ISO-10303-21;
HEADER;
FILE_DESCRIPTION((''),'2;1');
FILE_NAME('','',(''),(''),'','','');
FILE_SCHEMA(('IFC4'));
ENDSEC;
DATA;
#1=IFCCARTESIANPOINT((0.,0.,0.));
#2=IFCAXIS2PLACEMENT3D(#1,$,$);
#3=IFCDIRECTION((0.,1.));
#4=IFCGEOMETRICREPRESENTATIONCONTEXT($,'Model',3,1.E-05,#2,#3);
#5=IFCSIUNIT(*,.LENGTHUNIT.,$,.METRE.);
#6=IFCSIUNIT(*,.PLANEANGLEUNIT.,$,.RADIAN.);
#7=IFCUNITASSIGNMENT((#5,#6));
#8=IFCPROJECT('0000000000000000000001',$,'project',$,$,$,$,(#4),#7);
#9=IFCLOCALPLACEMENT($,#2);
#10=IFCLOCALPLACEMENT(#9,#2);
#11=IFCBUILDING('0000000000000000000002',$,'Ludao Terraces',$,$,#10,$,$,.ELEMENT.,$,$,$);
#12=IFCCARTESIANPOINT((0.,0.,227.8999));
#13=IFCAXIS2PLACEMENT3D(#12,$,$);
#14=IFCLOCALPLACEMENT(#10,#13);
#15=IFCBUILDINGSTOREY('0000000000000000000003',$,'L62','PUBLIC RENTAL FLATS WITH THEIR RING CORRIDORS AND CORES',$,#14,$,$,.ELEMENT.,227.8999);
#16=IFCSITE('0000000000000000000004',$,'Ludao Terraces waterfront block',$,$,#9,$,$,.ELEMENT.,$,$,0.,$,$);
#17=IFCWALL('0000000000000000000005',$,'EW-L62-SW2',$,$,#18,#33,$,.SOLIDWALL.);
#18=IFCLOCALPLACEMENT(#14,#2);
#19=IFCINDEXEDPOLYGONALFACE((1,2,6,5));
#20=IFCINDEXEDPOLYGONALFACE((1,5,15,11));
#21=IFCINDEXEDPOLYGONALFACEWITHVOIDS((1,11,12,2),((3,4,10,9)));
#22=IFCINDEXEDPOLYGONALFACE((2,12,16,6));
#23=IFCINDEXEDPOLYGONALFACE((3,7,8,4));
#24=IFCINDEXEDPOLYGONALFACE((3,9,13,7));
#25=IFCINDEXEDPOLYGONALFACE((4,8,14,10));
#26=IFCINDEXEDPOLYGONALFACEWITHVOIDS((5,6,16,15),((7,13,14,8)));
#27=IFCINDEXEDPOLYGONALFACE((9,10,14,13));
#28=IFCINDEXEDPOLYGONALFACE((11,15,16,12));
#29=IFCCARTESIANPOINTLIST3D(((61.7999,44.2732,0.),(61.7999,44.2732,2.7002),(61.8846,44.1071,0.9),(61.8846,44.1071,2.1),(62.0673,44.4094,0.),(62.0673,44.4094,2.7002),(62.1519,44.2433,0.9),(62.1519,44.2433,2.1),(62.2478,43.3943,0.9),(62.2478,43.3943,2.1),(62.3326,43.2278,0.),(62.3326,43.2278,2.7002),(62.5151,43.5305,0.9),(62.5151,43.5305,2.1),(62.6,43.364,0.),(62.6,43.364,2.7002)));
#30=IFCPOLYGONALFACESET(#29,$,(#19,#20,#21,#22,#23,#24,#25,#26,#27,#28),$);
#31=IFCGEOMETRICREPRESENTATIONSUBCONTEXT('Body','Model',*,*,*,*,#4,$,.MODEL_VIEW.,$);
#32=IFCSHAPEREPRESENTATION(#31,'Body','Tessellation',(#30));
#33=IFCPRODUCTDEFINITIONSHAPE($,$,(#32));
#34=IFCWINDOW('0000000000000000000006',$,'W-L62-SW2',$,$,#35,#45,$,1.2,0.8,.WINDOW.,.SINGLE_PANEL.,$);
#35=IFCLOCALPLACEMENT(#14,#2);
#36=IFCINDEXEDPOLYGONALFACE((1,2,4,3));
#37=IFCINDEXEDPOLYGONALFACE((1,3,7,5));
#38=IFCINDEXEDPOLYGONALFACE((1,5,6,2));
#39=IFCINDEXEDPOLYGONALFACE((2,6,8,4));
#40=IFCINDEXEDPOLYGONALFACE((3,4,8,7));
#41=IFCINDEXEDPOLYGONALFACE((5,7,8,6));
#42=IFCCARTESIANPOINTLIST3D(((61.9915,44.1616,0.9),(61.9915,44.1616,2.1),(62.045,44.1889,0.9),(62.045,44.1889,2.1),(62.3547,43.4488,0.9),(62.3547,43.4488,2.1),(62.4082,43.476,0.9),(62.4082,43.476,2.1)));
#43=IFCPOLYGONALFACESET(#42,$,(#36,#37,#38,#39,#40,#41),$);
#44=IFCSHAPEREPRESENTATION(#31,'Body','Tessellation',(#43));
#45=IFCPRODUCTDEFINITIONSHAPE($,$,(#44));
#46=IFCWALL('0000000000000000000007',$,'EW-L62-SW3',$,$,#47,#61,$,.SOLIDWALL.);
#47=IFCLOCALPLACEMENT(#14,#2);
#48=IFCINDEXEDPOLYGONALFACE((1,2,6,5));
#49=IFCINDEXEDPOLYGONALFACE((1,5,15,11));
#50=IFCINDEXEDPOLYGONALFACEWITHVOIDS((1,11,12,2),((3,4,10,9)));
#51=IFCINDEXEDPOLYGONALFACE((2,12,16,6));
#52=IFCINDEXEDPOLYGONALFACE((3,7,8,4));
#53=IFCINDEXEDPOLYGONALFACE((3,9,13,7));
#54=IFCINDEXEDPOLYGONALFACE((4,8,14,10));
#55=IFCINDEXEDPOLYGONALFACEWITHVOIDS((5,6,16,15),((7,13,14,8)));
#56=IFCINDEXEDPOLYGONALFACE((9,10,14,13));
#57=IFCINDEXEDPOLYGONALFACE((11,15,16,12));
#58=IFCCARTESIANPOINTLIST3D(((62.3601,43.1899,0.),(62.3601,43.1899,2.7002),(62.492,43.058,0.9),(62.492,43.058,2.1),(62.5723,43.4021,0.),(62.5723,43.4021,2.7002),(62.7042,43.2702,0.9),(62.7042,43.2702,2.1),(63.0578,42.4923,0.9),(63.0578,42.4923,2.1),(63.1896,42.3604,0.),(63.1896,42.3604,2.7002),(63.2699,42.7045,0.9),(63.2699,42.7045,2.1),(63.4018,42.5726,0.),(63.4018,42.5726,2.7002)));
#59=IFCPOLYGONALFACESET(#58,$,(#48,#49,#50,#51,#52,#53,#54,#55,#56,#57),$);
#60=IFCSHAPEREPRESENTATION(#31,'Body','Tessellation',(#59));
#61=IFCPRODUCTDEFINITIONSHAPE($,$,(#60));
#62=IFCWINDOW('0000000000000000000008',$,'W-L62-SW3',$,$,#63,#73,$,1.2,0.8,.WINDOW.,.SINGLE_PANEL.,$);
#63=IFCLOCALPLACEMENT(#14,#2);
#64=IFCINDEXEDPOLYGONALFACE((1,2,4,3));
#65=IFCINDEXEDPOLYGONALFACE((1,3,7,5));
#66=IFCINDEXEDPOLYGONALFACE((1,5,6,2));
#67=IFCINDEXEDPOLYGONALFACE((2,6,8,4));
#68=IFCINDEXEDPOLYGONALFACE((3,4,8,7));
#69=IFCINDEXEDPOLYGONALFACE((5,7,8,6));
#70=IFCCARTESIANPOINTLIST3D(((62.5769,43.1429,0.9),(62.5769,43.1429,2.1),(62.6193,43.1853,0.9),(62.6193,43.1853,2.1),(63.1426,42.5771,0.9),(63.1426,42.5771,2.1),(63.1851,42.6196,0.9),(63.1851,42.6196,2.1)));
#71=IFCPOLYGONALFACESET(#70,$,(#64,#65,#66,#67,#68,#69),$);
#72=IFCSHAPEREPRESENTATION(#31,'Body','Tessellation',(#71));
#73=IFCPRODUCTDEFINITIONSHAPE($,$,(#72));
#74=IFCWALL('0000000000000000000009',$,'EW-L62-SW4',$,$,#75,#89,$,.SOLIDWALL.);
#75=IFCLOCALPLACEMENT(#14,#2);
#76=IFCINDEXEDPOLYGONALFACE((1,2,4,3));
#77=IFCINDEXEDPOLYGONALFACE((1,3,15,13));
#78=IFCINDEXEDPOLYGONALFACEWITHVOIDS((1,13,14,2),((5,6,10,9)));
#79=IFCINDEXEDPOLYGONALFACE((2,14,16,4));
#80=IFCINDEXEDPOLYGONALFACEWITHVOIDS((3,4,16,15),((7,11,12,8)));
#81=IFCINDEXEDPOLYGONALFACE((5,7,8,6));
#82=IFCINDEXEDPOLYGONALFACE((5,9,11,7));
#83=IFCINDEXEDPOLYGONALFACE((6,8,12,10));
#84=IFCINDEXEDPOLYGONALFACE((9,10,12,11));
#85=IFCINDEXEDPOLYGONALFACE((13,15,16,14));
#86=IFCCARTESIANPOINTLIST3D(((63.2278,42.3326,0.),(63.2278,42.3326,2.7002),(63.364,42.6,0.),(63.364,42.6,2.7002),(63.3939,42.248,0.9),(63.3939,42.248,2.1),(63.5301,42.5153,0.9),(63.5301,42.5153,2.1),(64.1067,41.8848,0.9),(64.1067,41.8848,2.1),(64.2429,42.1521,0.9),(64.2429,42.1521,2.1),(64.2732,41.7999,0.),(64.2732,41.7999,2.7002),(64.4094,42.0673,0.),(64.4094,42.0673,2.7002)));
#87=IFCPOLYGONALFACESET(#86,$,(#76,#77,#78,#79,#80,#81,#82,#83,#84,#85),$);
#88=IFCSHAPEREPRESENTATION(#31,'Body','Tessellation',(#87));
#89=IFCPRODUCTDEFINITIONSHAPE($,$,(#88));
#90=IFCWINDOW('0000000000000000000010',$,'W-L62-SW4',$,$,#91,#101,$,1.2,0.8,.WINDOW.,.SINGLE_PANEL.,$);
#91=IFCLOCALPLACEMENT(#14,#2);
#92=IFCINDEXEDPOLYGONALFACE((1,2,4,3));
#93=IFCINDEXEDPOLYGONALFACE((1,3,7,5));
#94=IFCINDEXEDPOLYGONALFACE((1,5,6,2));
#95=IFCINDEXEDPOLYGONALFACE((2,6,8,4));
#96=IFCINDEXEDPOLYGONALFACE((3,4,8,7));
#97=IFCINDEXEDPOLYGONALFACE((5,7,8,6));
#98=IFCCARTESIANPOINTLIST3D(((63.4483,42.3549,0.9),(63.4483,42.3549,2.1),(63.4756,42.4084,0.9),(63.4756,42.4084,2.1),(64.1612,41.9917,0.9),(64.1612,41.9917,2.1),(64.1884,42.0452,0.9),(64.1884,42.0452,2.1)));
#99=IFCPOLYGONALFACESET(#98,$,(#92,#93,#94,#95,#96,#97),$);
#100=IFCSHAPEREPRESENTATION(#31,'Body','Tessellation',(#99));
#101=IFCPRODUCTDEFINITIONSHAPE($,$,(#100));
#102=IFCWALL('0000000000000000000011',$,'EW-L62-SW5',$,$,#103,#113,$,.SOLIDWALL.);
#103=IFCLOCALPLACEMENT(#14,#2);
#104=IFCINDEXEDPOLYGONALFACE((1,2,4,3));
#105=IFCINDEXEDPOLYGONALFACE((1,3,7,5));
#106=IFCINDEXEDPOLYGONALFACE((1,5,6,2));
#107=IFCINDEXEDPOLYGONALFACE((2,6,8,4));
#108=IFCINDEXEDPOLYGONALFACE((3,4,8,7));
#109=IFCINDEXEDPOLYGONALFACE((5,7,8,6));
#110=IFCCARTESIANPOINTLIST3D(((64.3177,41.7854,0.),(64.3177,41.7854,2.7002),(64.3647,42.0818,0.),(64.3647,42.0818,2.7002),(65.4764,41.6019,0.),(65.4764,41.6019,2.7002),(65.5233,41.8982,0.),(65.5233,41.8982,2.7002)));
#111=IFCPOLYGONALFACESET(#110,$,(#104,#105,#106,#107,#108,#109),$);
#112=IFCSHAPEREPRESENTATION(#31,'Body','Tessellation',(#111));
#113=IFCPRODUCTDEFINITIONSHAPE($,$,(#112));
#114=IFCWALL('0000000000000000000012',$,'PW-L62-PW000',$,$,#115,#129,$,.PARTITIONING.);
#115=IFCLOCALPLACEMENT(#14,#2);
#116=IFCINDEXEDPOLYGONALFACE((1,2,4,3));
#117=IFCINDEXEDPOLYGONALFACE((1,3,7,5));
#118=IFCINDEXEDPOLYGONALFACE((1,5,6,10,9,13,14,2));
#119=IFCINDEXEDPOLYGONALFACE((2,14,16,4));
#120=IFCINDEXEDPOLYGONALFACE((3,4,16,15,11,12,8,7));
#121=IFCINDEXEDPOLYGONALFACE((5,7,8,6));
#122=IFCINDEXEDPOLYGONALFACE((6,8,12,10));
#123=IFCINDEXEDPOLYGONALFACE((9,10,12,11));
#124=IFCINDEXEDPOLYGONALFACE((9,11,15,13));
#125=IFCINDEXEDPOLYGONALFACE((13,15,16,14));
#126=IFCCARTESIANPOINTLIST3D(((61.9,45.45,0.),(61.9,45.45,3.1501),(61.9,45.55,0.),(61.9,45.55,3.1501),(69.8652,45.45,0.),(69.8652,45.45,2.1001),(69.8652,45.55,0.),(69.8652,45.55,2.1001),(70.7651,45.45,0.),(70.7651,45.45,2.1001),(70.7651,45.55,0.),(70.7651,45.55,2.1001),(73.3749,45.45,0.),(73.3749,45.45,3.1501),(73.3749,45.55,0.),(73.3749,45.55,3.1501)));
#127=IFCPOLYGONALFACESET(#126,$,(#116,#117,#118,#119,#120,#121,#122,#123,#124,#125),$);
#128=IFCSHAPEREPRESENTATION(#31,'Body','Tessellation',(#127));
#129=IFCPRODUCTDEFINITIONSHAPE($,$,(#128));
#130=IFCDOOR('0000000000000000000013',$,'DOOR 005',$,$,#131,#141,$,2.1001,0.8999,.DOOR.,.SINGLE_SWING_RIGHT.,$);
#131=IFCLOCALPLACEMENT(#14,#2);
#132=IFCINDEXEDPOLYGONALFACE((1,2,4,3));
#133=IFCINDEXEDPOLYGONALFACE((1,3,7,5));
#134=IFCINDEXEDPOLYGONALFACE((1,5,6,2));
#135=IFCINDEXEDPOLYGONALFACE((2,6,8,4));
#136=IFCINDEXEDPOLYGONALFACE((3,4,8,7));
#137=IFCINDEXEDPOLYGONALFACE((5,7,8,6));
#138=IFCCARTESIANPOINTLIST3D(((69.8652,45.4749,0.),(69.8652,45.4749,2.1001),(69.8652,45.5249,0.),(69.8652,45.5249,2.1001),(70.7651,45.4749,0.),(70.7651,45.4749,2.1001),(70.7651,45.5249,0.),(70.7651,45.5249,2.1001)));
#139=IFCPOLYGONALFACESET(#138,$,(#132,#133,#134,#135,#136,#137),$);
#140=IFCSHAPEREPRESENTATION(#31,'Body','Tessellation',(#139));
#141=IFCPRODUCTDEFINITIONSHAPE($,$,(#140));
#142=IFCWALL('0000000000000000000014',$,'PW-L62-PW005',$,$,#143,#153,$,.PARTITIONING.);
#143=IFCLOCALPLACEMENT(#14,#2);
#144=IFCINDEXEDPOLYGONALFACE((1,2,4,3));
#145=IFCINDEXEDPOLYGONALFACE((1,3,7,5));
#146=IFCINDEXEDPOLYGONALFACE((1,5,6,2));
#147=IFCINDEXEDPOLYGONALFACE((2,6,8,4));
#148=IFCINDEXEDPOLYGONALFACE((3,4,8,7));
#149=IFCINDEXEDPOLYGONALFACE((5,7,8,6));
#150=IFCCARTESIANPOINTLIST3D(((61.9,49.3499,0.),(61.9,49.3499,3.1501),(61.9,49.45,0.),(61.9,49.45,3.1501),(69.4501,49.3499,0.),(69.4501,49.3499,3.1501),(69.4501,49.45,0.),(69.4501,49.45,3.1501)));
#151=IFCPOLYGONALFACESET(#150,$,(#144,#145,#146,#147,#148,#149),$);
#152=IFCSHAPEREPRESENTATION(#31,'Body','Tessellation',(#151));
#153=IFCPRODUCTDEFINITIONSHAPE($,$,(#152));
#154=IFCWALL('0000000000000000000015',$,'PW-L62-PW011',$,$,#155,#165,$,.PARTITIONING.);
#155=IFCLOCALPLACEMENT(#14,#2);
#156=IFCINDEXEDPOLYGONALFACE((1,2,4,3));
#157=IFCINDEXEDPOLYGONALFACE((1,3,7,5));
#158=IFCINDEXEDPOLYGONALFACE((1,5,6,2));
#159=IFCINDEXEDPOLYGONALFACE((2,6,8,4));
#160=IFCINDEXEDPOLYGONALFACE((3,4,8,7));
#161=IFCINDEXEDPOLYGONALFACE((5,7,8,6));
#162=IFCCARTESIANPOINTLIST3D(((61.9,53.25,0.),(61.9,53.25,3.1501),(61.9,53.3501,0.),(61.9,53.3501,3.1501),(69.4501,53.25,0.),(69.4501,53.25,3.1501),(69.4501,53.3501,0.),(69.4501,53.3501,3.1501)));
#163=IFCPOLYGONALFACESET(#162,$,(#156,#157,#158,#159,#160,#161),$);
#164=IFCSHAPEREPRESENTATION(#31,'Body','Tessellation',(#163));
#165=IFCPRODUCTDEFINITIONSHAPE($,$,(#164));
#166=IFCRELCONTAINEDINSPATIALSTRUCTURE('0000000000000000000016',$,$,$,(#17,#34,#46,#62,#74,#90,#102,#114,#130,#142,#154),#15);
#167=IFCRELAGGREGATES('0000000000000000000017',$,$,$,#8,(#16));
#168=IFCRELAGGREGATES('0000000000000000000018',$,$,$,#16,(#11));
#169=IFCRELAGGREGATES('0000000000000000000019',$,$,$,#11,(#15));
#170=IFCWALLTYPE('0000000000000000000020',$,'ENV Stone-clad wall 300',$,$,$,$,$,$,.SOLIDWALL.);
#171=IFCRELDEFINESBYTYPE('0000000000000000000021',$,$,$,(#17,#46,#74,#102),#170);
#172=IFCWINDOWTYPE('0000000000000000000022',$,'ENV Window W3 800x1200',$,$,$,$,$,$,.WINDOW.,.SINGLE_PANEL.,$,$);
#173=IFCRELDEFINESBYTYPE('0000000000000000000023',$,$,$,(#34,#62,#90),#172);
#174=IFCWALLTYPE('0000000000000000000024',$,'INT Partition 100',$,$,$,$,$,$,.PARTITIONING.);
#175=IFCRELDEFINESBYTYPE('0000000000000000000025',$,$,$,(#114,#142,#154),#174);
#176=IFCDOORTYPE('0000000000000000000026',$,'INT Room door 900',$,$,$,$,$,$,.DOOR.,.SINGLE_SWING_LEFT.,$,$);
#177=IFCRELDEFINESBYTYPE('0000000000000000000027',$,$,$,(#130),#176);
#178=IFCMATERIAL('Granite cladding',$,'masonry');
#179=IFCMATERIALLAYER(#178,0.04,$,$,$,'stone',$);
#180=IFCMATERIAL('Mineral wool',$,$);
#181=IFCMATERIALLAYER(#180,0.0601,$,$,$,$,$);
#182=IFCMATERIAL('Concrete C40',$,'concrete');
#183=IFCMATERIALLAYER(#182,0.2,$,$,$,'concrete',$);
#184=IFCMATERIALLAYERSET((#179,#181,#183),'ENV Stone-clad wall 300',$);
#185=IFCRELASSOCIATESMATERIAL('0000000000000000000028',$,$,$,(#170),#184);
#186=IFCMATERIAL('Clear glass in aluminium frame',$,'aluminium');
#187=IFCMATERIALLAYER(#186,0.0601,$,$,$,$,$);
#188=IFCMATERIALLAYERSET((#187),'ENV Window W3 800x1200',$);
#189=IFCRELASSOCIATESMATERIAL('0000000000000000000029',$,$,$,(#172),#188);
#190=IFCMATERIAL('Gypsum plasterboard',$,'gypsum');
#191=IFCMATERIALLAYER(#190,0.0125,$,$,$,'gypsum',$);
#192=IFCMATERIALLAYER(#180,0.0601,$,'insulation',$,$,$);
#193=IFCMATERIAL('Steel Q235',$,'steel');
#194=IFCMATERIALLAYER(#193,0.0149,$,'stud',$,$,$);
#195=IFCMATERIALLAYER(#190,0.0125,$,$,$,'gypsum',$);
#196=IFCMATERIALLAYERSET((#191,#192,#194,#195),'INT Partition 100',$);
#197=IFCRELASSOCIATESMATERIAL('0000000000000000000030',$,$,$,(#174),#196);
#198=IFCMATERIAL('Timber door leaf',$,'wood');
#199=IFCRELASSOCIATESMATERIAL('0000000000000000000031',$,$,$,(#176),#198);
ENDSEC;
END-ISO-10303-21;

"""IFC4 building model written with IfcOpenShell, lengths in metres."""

from ifc_helpers import new_model, si_unit, direction, frame, frame_2d, origin, place, context, subcontext, project, spatial, rectangle, extrude, material, layer, layer_set, type_object, element, fill, save


model = new_model("IFC4")

# Units and contexts
model_context = context("Model", 3, precision=1e-05, world=origin(), true_north=direction((0.0, 1.0)))
body_context = subcontext(model_context, "Body", "Model", "MODEL_VIEW")
ifc_project = project(units=[si_unit("LENGTHUNIT", "METRE"), si_unit("PLANEANGLEUNIT", "RADIAN")], contexts=[model_context])

# Site, building, storey
site_placement = place(None, origin())
site = spatial("IfcSite", under=ifc_project, at=site_placement, Name="Ludao Terraces waterfront block", CompositionType="ELEMENT", RefElevation=0.0)
building_placement = place(site_placement, origin())
building = spatial("IfcBuilding", under=site, at=building_placement, Name="Ludao Terraces", CompositionType="ELEMENT")
storey_placement = place(building_placement, frame((0.0, 0.0, 227.8999)))
storey = spatial("IfcBuildingStorey", under=building, at=storey_placement, Name="L62", Description="PUBLIC RENTAL FLATS WITH THEIR RING CORRIDORS AND CORES", CompositionType="ELEMENT", Elevation=227.8999)

# Shared definitions
ifc_material_1 = material(Name="Concrete C40", Category="concrete")

# Shared definitions
ifc_material_2 = material(Name="Granite cladding", Category="masonry")
ifc_layer_1 = layer(ifc_material_2, 0.04, Category="stone")
ifc_material_3 = material(Name="Mineral wool")
ifc_layer_2 = layer(ifc_material_3, 0.0601)
ifc_layer_3 = layer(ifc_material_1, 0.2, Category="concrete")
ifc_layer_set_1 = layer_set([ifc_layer_1, ifc_layer_2, ifc_layer_3], Name="ENV Stone-clad wall 300")
wall_type_1 = type_object("IfcWallType", Name="ENV Stone-clad wall 300", PredefinedType="SOLIDWALL", material=ifc_layer_set_1)
ifc_material_4 = material(Name="Clear glass in aluminium frame", Category="aluminium")

# Walls, openings, windows
wall_1_placement = place(storey_placement, frame((61.9336, 44.3413, 0.0), z_axis=(0.0, 0.0, 1.0), x_axis=(0.454026, -0.890989, 0.0)))
wall_1 = element("IfcWall", 1, at=wall_1_placement, inside=storey, type_object=wall_type_1, Name="EW-L62-SW2", PredefinedType="SOLIDWALL", context=body_context, shape_type="SweptSolid", body=[
    extrude(rectangle(XDim=1.1733, YDim=0.3, at=frame_2d((0.5867, 0.0))), origin(), (0.0, 0.0, 1.0), 2.7002),
])
opening_1_placement = place(wall_1_placement, frame((0.1865, 0.0, 0.8999)))
opening_1 = element("IfcOpeningElement", 2, at=opening_1_placement, cuts=wall_1, PredefinedType="OPENING", context=body_context, shape_type="SweptSolid", body=[
    extrude(rectangle(XDim=0.8, YDim=1.2, at=frame_2d((0.3999, 0.6001))), frame((0.0, 0.1602, 0.0), z_axis=(0.0, -1.0, 0.0), x_axis=(1.0, 0.0, 0.0)), (0.0, 0.0, 1.0), 0.3201),
])
ifc_layer_4 = layer(ifc_material_4, 0.0601)
ifc_layer_set_2 = layer_set([ifc_layer_4], Name="ENV Window W3 800x1200")
window_type_1 = type_object("IfcWindowType", Name="ENV Window W3 800x1200", PartitioningType="SINGLE_PANEL", PredefinedType="WINDOW", material=ifc_layer_set_2)
window_1_placement = place(opening_1_placement, origin())
window_1 = element("IfcWindow", 3, at=window_1_placement, inside=storey, type_object=window_type_1, Name="W-L62-SW2", OverallHeight=1.2, OverallWidth=0.8, PartitioningType="SINGLE_PANEL", PredefinedType="WINDOW", context=body_context, shape_type="SweptSolid", body=[
    extrude(rectangle(XDim=0.8, YDim=1.2, at=frame_2d((0.3999, 0.6001))), frame((0.0, 0.03, 0.0), z_axis=(0.0, -1.0, 0.0), x_axis=(1.0, 0.0, 0.0)), (0.0, 0.0, 1.0), 0.0601),
])
fill(opening_1, window_1)
wall_2_placement = place(storey_placement, frame((62.4663, 43.2959, 0.0), z_axis=(0.0, 0.0, 1.0), x_axis=(0.707107, -0.707107, 0.0)))
wall_2 = element("IfcWall", 4, at=wall_2_placement, inside=storey, type_object=wall_type_1, Name="EW-L62-SW3", PredefinedType="SOLIDWALL", context=body_context, shape_type="SweptSolid", body=[
    extrude(rectangle(XDim=1.1731, YDim=0.3, at=frame_2d((0.5864, 0.0))), origin(), (0.0, 0.0, 1.0), 2.7002),
])
opening_2_placement = place(wall_2_placement, frame((0.1865, 0.0, 0.8999)))
opening_2 = element("IfcOpeningElement", 5, at=opening_2_placement, cuts=wall_2, PredefinedType="OPENING", context=body_context, shape_type="SweptSolid", body=[
    extrude(rectangle(XDim=0.8, YDim=1.2, at=frame_2d((0.3999, 0.6001))), frame((0.0, 0.1602, 0.0), z_axis=(0.0, -1.0, 0.0), x_axis=(1.0, 0.0, 0.0)), (0.0, 0.0, 1.0), 0.3201),
])
window_2_placement = place(opening_2_placement, origin())
window_2 = element("IfcWindow", 6, at=window_2_placement, inside=storey, type_object=window_type_1, Name="W-L62-SW3", OverallHeight=1.2, OverallWidth=0.8, PartitioningType="SINGLE_PANEL", PredefinedType="WINDOW", context=body_context, shape_type="SweptSolid", body=[
    extrude(rectangle(XDim=0.8, YDim=1.2, at=frame_2d((0.3999, 0.6001))), frame((0.0, 0.03, 0.0), z_axis=(0.0, -1.0, 0.0), x_axis=(1.0, 0.0, 0.0)), (0.0, 0.0, 1.0), 0.0601),
])
fill(opening_2, window_2)
wall_3_placement = place(storey_placement, frame((63.2959, 42.4663, 0.0), z_axis=(0.0, 0.0, 1.0), x_axis=(0.890989, -0.454026, 0.0)))
wall_3 = element("IfcWall", 7, at=wall_3_placement, inside=storey, type_object=wall_type_1, Name="EW-L62-SW4", PredefinedType="SOLIDWALL", context=body_context, shape_type="SweptSolid", body=[
    extrude(rectangle(XDim=1.1733, YDim=0.3, at=frame_2d((0.5867, 0.0))), origin(), (0.0, 0.0, 1.0), 2.7002),
])
opening_3_placement = place(wall_3_placement, frame((0.1865, 0.0, 0.8999)))
opening_3 = element("IfcOpeningElement", 8, at=opening_3_placement, cuts=wall_3, PredefinedType="OPENING", context=body_context, shape_type="SweptSolid", body=[
    extrude(rectangle(XDim=0.8, YDim=1.2, at=frame_2d((0.3999, 0.6001))), frame((0.0, 0.1602, 0.0), z_axis=(0.0, -1.0, 0.0), x_axis=(1.0, 0.0, 0.0)), (0.0, 0.0, 1.0), 0.3201),
])
window_3_placement = place(opening_3_placement, origin())
window_3 = element("IfcWindow", 9, at=window_3_placement, inside=storey, type_object=window_type_1, Name="W-L62-SW4", OverallHeight=1.2, OverallWidth=0.8, PartitioningType="SINGLE_PANEL", PredefinedType="WINDOW", context=body_context, shape_type="SweptSolid", body=[
    extrude(rectangle(XDim=0.8, YDim=1.2, at=frame_2d((0.3999, 0.6001))), frame((0.0, 0.03, 0.0), z_axis=(0.0, -1.0, 0.0), x_axis=(1.0, 0.0, 0.0)), (0.0, 0.0, 1.0), 0.0601),
])
fill(opening_3, window_3)

# Wall
wall_4_placement = place(storey_placement, frame((64.3413, 41.9336, 0.0), z_axis=(0.0, 0.0, 1.0), x_axis=(0.987678, -0.156497, 0.0)))
element("IfcWall", 10, at=wall_4_placement, inside=storey, type_object=wall_type_1, Name="EW-L62-SW5", PredefinedType="SOLIDWALL", context=body_context, shape_type="SweptSolid", body=[
    extrude(rectangle(XDim=1.1731, YDim=0.3, at=frame_2d((0.5864, 0.0))), origin(), (0.0, 0.0, 1.0), 2.7002),
])

# Wall, opening, door
ifc_material_5 = material(Name="Gypsum plasterboard", Category="gypsum")
ifc_layer_5 = layer(ifc_material_5, 0.0125, Category="gypsum")
ifc_layer_6 = layer(ifc_material_3, 0.0601, Name="insulation")
ifc_material_6 = material(Name="Steel Q235", Category="steel")
ifc_layer_7 = layer(ifc_material_6, 0.0149, Name="stud")
ifc_layer_8 = layer(ifc_material_5, 0.0125, Category="gypsum")
ifc_layer_set_3 = layer_set([ifc_layer_5, ifc_layer_6, ifc_layer_7, ifc_layer_8], Name="INT Partition 100")
wall_type_2 = type_object("IfcWallType", Name="INT Partition 100", PredefinedType="PARTITIONING", material=ifc_layer_set_3)
wall_5_placement = place(storey_placement, frame((61.9001, 45.5, 0.0), z_axis=(0.0, 0.0, 1.0), x_axis=(1.0, 0.0, 0.0)))
wall_5 = element("IfcWall", 11, at=wall_5_placement, inside=storey, type_object=wall_type_2, Name="PW-L62-PW000", PredefinedType="PARTITIONING", context=body_context, shape_type="SweptSolid", body=[
    extrude(rectangle(XDim=11.4749, YDim=0.1001, at=frame_2d((5.7373, 0.0))), origin(), (0.0, 0.0, 1.0), 3.1501),
])
opening_4_placement = place(wall_5_placement, frame((7.9651, 0.0, 0.0)))
opening_4 = element("IfcOpeningElement", 12, at=opening_4_placement, cuts=wall_5, PredefinedType="OPENING", context=body_context, shape_type="SweptSolid", body=[
    extrude(rectangle(XDim=0.8999, YDim=2.1001, at=frame_2d((0.45, 1.05))), frame((0.0, 0.0601, 0.0), z_axis=(0.0, -1.0, 0.0), x_axis=(1.0, 0.0, 0.0)), (0.0, 0.0, 1.0), 0.1201),
])
ifc_material_7 = material(Name="Timber door leaf", Category="wood")
door_type_1 = type_object("IfcDoorType", Name="INT Room door 900", OperationType="SINGLE_SWING_LEFT", PredefinedType="DOOR", material=ifc_material_7)
door_1_placement = place(opening_4_placement, origin())
door_1 = element("IfcDoor", 13, at=door_1_placement, inside=storey, type_object=door_type_1, Name="DOOR 005", OperationType="SINGLE_SWING_RIGHT", OverallHeight=2.1001, OverallWidth=0.8999, PredefinedType="DOOR", context=body_context, shape_type="SweptSolid", body=[
    extrude(rectangle(XDim=0.8999, YDim=2.1001, at=frame_2d((0.45, 1.05))), frame((0.0, 0.0249, 0.0), z_axis=(0.0, -1.0, 0.0), x_axis=(1.0, 0.0, 0.0)), (0.0, 0.0, 1.0), 0.05),
])
fill(opening_4, door_1)

# Walls
for number, where, z_axis, x_axis, name in (
    (14, (61.9001, 49.3999, 0.0), (0.0, 0.0, 1.0), (1.0, 0.0, 0.0), "PW-L62-PW005"),
    (15, (61.9001, 53.3, 0.0), (0.0, 0.0, 1.0), (1.0, 0.0, 0.0), "PW-L62-PW011"),
):
    element("IfcWall", number, at=place(storey_placement, frame(where, z_axis=z_axis, x_axis=x_axis)), inside=storey, type_object=wall_type_2, Name=name, PredefinedType="PARTITIONING", context=body_context, shape_type="SweptSolid", body=[
        extrude(rectangle(XDim=7.55, YDim=0.1001, at=frame_2d((3.7749, 0.0))), origin(), (0.0, 0.0, 1.0), 3.1501),
    ])

save(model, "model.ifc")
